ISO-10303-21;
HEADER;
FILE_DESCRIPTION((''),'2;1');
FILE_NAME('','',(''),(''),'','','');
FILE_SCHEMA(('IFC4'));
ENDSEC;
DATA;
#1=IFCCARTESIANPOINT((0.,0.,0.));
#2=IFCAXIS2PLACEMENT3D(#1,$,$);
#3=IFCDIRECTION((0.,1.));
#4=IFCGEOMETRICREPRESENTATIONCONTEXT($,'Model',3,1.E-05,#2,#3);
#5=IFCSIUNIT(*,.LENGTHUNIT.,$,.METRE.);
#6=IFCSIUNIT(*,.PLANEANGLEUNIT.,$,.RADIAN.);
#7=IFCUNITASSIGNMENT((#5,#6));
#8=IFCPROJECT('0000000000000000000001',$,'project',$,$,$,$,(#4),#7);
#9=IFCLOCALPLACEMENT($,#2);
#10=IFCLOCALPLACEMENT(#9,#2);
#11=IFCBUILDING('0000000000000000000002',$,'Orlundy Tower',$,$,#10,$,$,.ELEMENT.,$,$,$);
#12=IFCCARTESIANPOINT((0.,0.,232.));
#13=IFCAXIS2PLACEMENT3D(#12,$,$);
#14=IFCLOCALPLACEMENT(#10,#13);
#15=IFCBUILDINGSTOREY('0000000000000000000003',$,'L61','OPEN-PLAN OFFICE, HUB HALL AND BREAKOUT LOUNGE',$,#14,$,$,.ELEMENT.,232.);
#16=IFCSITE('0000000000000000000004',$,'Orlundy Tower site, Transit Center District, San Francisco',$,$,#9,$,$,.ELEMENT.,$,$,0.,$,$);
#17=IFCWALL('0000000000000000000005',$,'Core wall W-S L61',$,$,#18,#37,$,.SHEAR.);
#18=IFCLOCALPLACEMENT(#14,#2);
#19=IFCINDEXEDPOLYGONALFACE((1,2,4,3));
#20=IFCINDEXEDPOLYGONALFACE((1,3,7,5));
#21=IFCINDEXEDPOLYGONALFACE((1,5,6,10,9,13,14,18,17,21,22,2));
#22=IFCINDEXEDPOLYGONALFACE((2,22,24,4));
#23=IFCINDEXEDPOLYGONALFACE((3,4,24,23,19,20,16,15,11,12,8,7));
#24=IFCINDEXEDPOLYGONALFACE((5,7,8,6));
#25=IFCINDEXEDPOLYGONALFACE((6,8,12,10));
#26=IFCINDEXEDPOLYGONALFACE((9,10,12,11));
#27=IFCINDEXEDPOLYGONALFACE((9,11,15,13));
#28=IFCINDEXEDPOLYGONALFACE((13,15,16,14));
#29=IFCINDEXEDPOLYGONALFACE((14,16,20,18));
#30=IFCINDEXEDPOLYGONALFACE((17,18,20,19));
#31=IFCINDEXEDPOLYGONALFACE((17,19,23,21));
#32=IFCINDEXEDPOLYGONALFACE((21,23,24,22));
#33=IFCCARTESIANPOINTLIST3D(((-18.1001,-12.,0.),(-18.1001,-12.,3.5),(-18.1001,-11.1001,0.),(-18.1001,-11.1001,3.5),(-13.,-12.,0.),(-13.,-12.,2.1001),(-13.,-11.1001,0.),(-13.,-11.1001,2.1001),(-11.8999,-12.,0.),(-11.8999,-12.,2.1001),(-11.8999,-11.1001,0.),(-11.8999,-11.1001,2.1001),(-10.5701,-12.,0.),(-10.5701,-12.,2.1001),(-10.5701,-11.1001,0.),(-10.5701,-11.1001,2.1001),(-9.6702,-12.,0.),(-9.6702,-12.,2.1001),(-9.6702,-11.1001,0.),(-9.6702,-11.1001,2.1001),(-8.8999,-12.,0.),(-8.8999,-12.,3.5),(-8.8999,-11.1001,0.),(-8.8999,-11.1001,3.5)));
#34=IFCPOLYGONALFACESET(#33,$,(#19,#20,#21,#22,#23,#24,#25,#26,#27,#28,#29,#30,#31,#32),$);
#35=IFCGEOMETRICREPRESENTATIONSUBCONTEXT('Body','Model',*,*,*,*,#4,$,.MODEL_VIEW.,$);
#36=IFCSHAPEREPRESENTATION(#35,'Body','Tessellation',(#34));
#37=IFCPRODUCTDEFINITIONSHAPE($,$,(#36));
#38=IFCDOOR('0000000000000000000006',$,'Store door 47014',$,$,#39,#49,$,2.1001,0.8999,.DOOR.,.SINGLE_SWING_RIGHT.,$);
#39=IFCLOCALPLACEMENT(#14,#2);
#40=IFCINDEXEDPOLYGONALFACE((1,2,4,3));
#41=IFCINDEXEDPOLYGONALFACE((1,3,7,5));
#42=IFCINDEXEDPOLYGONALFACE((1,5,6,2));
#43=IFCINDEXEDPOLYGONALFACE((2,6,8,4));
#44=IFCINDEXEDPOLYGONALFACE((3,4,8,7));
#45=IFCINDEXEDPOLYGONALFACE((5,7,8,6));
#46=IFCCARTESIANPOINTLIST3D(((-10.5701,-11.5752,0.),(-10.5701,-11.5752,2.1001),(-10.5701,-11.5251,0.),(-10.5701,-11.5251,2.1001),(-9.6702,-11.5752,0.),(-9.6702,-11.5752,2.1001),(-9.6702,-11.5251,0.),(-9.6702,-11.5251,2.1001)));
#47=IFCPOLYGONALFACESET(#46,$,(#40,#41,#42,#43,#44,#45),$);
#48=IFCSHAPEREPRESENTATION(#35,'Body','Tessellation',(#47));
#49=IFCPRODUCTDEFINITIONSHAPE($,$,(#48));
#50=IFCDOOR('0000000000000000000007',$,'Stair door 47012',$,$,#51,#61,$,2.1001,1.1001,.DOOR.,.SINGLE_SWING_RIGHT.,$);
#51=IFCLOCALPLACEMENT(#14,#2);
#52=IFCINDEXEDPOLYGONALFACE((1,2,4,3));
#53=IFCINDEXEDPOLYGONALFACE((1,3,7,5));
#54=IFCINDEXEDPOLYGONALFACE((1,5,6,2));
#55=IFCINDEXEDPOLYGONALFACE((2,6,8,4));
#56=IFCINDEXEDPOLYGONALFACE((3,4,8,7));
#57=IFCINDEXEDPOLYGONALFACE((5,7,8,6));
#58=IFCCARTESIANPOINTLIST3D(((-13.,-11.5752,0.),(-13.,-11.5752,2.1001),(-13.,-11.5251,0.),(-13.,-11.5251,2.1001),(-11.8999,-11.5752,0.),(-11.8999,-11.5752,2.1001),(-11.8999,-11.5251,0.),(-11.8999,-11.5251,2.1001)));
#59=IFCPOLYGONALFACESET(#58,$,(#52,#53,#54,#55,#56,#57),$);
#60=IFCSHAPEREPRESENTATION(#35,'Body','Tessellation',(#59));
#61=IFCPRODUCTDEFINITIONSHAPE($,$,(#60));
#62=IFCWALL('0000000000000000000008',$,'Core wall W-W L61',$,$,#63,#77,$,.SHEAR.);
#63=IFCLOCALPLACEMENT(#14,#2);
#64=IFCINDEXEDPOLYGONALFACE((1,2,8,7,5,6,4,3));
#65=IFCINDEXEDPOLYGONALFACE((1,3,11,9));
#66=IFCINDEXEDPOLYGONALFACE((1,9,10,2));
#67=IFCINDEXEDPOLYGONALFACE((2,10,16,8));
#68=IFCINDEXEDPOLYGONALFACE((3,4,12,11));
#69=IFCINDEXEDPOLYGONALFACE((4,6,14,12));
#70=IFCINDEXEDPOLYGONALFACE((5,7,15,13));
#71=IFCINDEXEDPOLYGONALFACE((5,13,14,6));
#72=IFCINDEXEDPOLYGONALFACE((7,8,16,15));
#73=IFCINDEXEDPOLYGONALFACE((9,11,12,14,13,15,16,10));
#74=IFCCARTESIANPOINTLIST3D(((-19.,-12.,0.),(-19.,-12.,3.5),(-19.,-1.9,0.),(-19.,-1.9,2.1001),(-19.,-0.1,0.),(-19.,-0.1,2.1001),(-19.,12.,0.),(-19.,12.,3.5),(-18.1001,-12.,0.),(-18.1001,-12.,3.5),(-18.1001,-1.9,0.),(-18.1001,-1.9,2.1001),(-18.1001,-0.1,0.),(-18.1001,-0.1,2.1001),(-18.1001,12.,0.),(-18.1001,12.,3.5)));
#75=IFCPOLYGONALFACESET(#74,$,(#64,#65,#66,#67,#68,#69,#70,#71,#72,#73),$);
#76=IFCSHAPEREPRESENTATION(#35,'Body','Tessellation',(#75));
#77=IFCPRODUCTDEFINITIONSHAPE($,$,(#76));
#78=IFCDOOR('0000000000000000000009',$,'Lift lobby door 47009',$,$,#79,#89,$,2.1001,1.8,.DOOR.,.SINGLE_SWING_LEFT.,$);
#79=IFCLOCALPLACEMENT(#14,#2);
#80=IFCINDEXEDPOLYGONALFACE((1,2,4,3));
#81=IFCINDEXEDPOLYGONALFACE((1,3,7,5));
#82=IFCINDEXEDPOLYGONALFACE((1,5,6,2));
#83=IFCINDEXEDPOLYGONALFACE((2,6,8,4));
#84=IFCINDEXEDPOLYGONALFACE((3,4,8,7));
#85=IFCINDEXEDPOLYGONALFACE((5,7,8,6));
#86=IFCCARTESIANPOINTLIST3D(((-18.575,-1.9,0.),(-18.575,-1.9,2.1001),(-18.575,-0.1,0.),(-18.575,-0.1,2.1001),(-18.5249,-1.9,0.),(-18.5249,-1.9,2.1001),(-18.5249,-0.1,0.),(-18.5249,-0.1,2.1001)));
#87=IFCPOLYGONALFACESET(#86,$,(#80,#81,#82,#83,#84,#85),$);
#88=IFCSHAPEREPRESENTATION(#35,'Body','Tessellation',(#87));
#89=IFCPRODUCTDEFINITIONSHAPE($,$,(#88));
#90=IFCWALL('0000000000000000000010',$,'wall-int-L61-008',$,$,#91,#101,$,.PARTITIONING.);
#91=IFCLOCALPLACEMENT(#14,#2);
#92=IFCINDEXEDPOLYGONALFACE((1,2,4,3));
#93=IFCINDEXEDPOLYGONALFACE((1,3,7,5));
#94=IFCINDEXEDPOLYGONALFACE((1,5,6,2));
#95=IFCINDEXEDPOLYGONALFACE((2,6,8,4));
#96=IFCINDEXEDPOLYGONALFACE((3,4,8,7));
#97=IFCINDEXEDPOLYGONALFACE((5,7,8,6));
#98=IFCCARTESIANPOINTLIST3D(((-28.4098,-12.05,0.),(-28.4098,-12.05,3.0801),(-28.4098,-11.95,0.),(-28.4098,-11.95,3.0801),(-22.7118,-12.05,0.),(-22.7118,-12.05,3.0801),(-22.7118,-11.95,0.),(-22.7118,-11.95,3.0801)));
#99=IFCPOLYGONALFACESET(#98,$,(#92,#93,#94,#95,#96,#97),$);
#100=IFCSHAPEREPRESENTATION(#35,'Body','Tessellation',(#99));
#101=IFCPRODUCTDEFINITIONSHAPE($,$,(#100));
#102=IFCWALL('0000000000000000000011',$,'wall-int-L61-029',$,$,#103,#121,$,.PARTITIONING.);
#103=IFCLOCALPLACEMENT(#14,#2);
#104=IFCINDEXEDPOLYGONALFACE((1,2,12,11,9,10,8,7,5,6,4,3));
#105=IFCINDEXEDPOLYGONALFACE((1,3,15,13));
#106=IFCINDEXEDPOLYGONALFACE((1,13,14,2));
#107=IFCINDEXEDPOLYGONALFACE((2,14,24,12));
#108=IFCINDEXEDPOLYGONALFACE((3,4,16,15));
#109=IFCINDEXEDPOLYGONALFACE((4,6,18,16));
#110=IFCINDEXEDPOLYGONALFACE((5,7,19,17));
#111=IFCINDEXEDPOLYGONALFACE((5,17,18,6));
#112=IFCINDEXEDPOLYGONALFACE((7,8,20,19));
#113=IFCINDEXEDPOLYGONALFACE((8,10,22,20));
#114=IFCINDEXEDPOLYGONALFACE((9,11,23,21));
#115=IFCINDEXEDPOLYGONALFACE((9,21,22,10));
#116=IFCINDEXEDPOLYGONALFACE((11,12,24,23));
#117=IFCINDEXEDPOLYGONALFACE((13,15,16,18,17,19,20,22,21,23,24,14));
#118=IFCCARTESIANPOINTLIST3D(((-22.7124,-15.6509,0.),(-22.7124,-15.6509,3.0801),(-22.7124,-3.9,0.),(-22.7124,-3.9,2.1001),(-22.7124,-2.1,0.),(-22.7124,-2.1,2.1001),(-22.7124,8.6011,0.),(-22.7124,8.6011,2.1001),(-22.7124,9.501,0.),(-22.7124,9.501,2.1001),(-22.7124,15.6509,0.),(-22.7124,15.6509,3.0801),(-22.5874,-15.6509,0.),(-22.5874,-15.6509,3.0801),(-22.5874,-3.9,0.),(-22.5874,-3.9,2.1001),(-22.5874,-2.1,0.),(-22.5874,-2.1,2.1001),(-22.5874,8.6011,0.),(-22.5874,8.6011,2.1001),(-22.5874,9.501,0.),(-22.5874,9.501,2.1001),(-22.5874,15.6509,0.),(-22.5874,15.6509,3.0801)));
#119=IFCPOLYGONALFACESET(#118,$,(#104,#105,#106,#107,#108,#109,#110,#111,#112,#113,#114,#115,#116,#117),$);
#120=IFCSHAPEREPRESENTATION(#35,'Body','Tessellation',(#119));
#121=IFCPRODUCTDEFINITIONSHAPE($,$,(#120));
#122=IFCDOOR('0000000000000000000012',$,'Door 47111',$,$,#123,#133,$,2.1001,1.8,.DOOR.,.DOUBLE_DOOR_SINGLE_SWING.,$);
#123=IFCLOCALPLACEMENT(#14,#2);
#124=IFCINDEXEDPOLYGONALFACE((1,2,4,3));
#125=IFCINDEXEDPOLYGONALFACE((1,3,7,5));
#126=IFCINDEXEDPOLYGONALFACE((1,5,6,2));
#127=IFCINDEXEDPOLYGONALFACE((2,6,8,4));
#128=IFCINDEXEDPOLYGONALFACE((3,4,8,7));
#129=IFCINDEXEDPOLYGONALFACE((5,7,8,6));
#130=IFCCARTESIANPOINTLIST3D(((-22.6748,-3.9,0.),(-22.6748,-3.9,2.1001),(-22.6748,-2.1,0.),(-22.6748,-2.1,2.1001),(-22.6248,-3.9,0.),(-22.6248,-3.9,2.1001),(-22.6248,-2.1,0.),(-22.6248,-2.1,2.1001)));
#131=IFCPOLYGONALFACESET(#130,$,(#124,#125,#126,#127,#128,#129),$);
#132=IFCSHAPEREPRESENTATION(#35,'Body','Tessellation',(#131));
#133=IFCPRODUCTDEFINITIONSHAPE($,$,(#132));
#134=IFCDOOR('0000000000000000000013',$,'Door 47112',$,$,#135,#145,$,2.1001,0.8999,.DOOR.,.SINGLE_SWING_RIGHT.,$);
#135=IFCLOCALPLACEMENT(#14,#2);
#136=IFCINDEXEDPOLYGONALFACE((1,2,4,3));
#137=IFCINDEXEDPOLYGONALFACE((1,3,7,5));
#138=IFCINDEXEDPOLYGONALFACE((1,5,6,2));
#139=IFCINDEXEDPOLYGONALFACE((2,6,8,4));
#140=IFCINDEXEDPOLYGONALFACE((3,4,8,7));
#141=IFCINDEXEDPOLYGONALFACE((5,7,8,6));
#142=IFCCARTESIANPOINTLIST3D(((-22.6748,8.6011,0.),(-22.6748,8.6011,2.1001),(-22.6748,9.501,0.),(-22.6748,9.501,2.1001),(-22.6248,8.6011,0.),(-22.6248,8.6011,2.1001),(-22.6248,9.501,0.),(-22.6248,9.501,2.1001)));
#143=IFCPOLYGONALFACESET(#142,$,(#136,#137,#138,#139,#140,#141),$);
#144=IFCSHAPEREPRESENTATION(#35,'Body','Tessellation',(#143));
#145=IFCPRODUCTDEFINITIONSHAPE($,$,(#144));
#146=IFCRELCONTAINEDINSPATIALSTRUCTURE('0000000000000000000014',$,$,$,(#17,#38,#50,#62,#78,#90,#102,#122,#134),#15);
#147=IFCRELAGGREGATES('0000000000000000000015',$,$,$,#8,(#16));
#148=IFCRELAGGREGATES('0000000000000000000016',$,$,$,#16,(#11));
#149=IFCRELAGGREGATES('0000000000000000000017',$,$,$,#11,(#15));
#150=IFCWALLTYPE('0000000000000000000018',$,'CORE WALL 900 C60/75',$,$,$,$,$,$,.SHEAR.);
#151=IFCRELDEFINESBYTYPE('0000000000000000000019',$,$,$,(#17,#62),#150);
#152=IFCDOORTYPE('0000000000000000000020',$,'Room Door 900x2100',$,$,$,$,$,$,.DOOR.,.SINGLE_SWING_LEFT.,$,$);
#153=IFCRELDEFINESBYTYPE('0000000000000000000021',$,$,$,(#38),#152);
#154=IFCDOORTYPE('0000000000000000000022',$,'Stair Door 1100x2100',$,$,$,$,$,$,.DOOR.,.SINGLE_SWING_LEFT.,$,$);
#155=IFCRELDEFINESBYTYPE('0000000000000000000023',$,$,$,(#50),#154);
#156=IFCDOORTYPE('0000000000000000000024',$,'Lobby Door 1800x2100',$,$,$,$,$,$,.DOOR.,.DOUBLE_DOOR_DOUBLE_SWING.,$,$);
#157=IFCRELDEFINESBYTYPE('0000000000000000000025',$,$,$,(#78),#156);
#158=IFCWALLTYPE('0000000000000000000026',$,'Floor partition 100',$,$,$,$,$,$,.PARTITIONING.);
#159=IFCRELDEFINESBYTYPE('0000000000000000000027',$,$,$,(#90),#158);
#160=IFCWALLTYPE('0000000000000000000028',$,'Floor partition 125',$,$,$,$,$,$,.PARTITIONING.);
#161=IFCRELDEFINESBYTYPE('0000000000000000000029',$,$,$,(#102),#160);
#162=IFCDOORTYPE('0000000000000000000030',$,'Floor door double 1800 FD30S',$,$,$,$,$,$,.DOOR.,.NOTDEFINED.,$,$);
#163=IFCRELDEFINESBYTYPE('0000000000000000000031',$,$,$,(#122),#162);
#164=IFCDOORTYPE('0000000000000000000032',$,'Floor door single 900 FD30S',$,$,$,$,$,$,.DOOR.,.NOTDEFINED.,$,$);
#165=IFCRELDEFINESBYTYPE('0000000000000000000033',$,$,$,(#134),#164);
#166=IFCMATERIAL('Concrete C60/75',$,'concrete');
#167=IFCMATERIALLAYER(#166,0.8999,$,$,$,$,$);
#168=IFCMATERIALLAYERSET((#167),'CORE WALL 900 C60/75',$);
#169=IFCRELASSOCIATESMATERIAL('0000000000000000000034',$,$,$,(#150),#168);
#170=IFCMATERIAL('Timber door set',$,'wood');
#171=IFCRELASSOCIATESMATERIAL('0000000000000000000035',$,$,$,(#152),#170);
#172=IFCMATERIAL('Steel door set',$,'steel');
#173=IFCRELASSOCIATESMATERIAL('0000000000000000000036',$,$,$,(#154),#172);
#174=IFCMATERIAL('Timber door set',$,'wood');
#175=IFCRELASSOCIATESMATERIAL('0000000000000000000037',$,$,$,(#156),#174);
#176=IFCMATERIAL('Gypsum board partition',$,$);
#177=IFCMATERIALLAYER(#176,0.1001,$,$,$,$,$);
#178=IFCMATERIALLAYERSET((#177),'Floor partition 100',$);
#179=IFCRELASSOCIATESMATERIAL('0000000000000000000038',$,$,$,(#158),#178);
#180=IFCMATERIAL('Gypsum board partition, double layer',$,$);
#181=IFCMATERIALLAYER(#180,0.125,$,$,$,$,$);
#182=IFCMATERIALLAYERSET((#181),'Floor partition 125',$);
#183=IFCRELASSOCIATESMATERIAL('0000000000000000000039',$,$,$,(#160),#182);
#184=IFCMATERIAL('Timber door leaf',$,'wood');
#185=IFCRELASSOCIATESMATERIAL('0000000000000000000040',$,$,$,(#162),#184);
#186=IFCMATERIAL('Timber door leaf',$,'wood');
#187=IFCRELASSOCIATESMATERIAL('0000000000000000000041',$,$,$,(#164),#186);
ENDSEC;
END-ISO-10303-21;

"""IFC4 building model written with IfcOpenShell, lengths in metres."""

from ifc_helpers import new_model, si_unit, direction, frame, frame_2d, origin, place, context, subcontext, project, spatial, rectangle, extrude, material, layer, layer_set, type_object, element, fill, save


model = new_model("IFC4")

# Units and contexts
model_context = context("Model", 3, precision=1e-05, world=origin(), true_north=direction((0.0, 1.0)))
body_context = subcontext(model_context, "Body", "Model", "MODEL_VIEW")
ifc_project = project(units=[si_unit("LENGTHUNIT", "METRE"), si_unit("PLANEANGLEUNIT", "RADIAN")], contexts=[model_context])

# Site, building, storey
site_placement = place(None, origin())
site = spatial("IfcSite", under=ifc_project, at=site_placement, Name="Orlundy Tower site, Transit Center District, San Francisco", CompositionType="ELEMENT", RefElevation=0.0)
building_placement = place(site_placement, origin())
building = spatial("IfcBuilding", under=site, at=building_placement, Name="Orlundy Tower", CompositionType="ELEMENT")
storey_placement = place(building_placement, frame((0.0, 0.0, 232.0)))
storey = spatial("IfcBuildingStorey", under=building, at=storey_placement, Name="L61", Description="OPEN-PLAN OFFICE, HUB HALL AND BREAKOUT LOUNGE", CompositionType="ELEMENT", Elevation=232.0)

# Wall, openings, doors
ifc_material_1 = material(Name="Concrete C60/75", Category="concrete")
ifc_layer_1 = layer(ifc_material_1, 0.8999)
ifc_layer_set_1 = layer_set([ifc_layer_1], Name="CORE WALL 900 C60/75")
wall_type_1 = type_object("IfcWallType", Name="CORE WALL 900 C60/75", PredefinedType="SHEAR", material=ifc_layer_set_1)
wall_1_placement = place(storey_placement, frame((-18.1001, -11.55, 0.0), z_axis=(0.0, 0.0, 1.0), x_axis=(1.0, 0.0, 0.0)))
wall_1 = element("IfcWall", 1, at=wall_1_placement, inside=storey, type_object=wall_type_1, Name="Core wall W-S L61", PredefinedType="SHEAR", context=body_context, shape_type="SweptSolid", body=[
    extrude(rectangle(XDim=9.2002, YDim=0.8999, at=frame_2d((4.6001, 0.0))), origin(), (0.0, 0.0, 1.0), 3.5),
])
opening_1_placement = place(wall_1_placement, frame((5.1001, 0.0, 0.0)))
opening_1 = element("IfcOpeningElement", 2, at=opening_1_placement, cuts=wall_1, PredefinedType="OPENING", context=body_context, shape_type="SweptSolid", body=[
    extrude(rectangle(XDim=1.1001, YDim=2.1001, at=frame_2d((0.55, 1.05))), frame((0.0, 0.46, 0.0), z_axis=(0.0, -1.0, 0.0), x_axis=(1.0, 0.0, 0.0)), (0.0, 0.0, 1.0), 0.9199),
])
opening_2_placement = place(wall_1_placement, frame((7.53, 0.0, 0.0)))
opening_2 = element("IfcOpeningElement", 3, at=opening_2_placement, cuts=wall_1, PredefinedType="OPENING", context=body_context, shape_type="SweptSolid", body=[
    extrude(rectangle(XDim=0.8999, YDim=2.1001, at=frame_2d((0.45, 1.05))), frame((0.0, 0.46, 0.0), z_axis=(0.0, -1.0, 0.0), x_axis=(1.0, 0.0, 0.0)), (0.0, 0.0, 1.0), 0.9199),
])
ifc_material_2 = material(Name="Timber door set", Category="wood")
door_type_1 = type_object("IfcDoorType", Name="Room Door 900x2100", OperationType="SINGLE_SWING_LEFT", PredefinedType="DOOR", material=ifc_material_2)
door_1_placement = place(opening_2_placement, origin())
door_1 = element("IfcDoor", 4, at=door_1_placement, inside=storey, type_object=door_type_1, Name="Store door 47014", OperationType="SINGLE_SWING_RIGHT", OverallHeight=2.1001, OverallWidth=0.8999, PredefinedType="DOOR", context=body_context, shape_type="SweptSolid", body=[
    extrude(rectangle(XDim=0.8999, YDim=2.1001, at=frame_2d((0.45, 1.05))), frame((0.0, 0.0249, 0.0), z_axis=(0.0, -1.0, 0.0), x_axis=(1.0, 0.0, 0.0)), (0.0, 0.0, 1.0), 0.05),
])
fill(opening_2, door_1)
ifc_material_3 = material(Name="Steel door set", Category="steel")
door_type_2 = type_object("IfcDoorType", Name="Stair Door 1100x2100", OperationType="SINGLE_SWING_LEFT", PredefinedType="DOOR", material=ifc_material_3)
door_2_placement = place(opening_1_placement, origin())
door_2 = element("IfcDoor", 5, at=door_2_placement, inside=storey, type_object=door_type_2, Name="Stair door 47012", OperationType="SINGLE_SWING_RIGHT", OverallHeight=2.1001, OverallWidth=1.1001, PredefinedType="DOOR", context=body_context, shape_type="SweptSolid", body=[
    extrude(rectangle(XDim=1.1001, YDim=2.1001, at=frame_2d((0.55, 1.05))), frame((0.0, 0.0249, 0.0), z_axis=(0.0, -1.0, 0.0), x_axis=(1.0, 0.0, 0.0)), (0.0, 0.0, 1.0), 0.05),
])
fill(opening_1, door_2)

# Wall, opening, door
wall_2_placement = place(storey_placement, frame((-18.55, -12.0, 0.0), z_axis=(0.0, 0.0, 1.0), x_axis=(0.0, 1.0, 0.0)))
wall_2 = element("IfcWall", 6, at=wall_2_placement, inside=storey, type_object=wall_type_1, Name="Core wall W-W L61", PredefinedType="SHEAR", context=body_context, shape_type="SweptSolid", body=[
    extrude(rectangle(XDim=24.0, YDim=0.8999, at=frame_2d((12.0, 0.0))), origin(), (0.0, 0.0, 1.0), 3.5),
])
opening_3_placement = place(wall_2_placement, frame((10.1001, 0.0, 0.0)))
opening_3 = element("IfcOpeningElement", 7, at=opening_3_placement, cuts=wall_2, PredefinedType="OPENING", context=body_context, shape_type="SweptSolid", body=[
    extrude(rectangle(XDim=1.8, YDim=2.1001, at=frame_2d((0.8999, 1.05))), frame((0.0, 0.46, 0.0), z_axis=(0.0, -1.0, 0.0), x_axis=(1.0, 0.0, 0.0)), (0.0, 0.0, 1.0), 0.9199),
])
ifc_material_4 = material(Name="Timber door set", Category="wood")
door_type_3 = type_object("IfcDoorType", Name="Lobby Door 1800x2100", OperationType="DOUBLE_DOOR_DOUBLE_SWING", PredefinedType="DOOR", material=ifc_material_4)
door_3_placement = place(opening_3_placement, origin())
door_3 = element("IfcDoor", 8, at=door_3_placement, inside=storey, type_object=door_type_3, Name="Lift lobby door 47009", OperationType="SINGLE_SWING_LEFT", OverallHeight=2.1001, OverallWidth=1.8, PredefinedType="DOOR", context=body_context, shape_type="SweptSolid", body=[
    extrude(rectangle(XDim=1.8, YDim=2.1001, at=frame_2d((0.8999, 1.05))), frame((0.0, 0.0249, 0.0), z_axis=(0.0, -1.0, 0.0), x_axis=(1.0, 0.0, 0.0)), (0.0, 0.0, 1.0), 0.05),
])
fill(opening_3, door_3)

# Wall
ifc_material_5 = material(Name="Gypsum board partition")
ifc_layer_2 = layer(ifc_material_5, 0.1001)
ifc_layer_set_2 = layer_set([ifc_layer_2], Name="Floor partition 100")
wall_type_2 = type_object("IfcWallType", Name="Floor partition 100", PredefinedType="PARTITIONING", material=ifc_layer_set_2)
wall_3_placement = place(storey_placement, frame((-28.4099, -12.0, 0.0), z_axis=(0.0, 0.0, 1.0), x_axis=(1.0, 0.0, 0.0)))
element("IfcWall", 9, at=wall_3_placement, inside=storey, type_object=wall_type_2, Name="wall-int-L61-008", PredefinedType="PARTITIONING", context=body_context, shape_type="SweptSolid", body=[
    extrude(rectangle(XDim=5.698, YDim=0.1001, at=frame_2d((2.8491, 0.0))), origin(), (0.0, 0.0, 1.0), 3.0801),
])

# Wall, openings, doors
ifc_material_6 = material(Name="Gypsum board partition, double layer")
ifc_layer_3 = layer(ifc_material_6, 0.125)
ifc_layer_set_3 = layer_set([ifc_layer_3], Name="Floor partition 125")
wall_type_3 = type_object("IfcWallType", Name="Floor partition 125", PredefinedType="PARTITIONING", material=ifc_layer_set_3)
wall_4_placement = place(storey_placement, frame((-22.6499, -15.6509, 0.0), z_axis=(0.0, 0.0, 1.0), x_axis=(0.0, 1.0, 0.0)))
wall_4 = element("IfcWall", 10, at=wall_4_placement, inside=storey, type_object=wall_type_3, Name="wall-int-L61-029", PredefinedType="PARTITIONING", context=body_context, shape_type="SweptSolid", body=[
    extrude(rectangle(XDim=31.3018, YDim=0.125, at=frame_2d((15.6509, 0.0))), origin(), (0.0, 0.0, 1.0), 3.0801),
])
opening_4_placement = place(wall_4_placement, frame((11.751, 0.0, 0.0)))
opening_4 = element("IfcOpeningElement", 11, at=opening_4_placement, cuts=wall_4, PredefinedType="OPENING", context=body_context, shape_type="SweptSolid", body=[
    extrude(rectangle(XDim=1.8, YDim=2.1001, at=frame_2d((0.8999, 1.05))), frame((0.0, 0.0725, 0.0), z_axis=(0.0, -1.0, 0.0), x_axis=(1.0, 0.0, 0.0)), (0.0, 0.0, 1.0), 0.145),
])
opening_5_placement = place(wall_4_placement, frame((24.252, 0.0, 0.0)))
opening_5 = element("IfcOpeningElement", 12, at=opening_5_placement, cuts=wall_4, PredefinedType="OPENING", context=body_context, shape_type="SweptSolid", body=[
    extrude(rectangle(XDim=0.8999, YDim=2.1001, at=frame_2d((0.45, 1.05))), frame((0.0, 0.0725, 0.0), z_axis=(0.0, -1.0, 0.0), x_axis=(1.0, 0.0, 0.0)), (0.0, 0.0, 1.0), 0.145),
])
ifc_material_7 = material(Name="Timber door leaf", Category="wood")
door_type_4 = type_object("IfcDoorType", Name="Floor door double 1800 FD30S", OperationType="NOTDEFINED", PredefinedType="DOOR", material=ifc_material_7)
door_4_placement = place(opening_4_placement, origin())
door_4 = element("IfcDoor", 13, at=door_4_placement, inside=storey, type_object=door_type_4, Name="Door 47111", OperationType="DOUBLE_DOOR_SINGLE_SWING", OverallHeight=2.1001, OverallWidth=1.8, PredefinedType="DOOR", context=body_context, shape_type="SweptSolid", body=[
    extrude(rectangle(XDim=1.8, YDim=2.1001, at=frame_2d((0.8999, 1.05))), frame((0.0, 0.0249, 0.0), z_axis=(0.0, -1.0, 0.0), x_axis=(1.0, 0.0, 0.0)), (0.0, 0.0, 1.0), 0.05),
])
fill(opening_4, door_4)
ifc_material_8 = material(Name="Timber door leaf", Category="wood")
door_type_5 = type_object("IfcDoorType", Name="Floor door single 900 FD30S", OperationType="NOTDEFINED", PredefinedType="DOOR", material=ifc_material_8)
door_5_placement = place(opening_5_placement, origin())
door_5 = element("IfcDoor", 14, at=door_5_placement, inside=storey, type_object=door_type_5, Name="Door 47112", OperationType="SINGLE_SWING_RIGHT", OverallHeight=2.1001, OverallWidth=0.8999, PredefinedType="DOOR", context=body_context, shape_type="SweptSolid", body=[
    extrude(rectangle(XDim=0.8999, YDim=2.1001, at=frame_2d((0.45, 1.05))), frame((0.0, 0.0249, 0.0), z_axis=(0.0, -1.0, 0.0), x_axis=(1.0, 0.0, 0.0)), (0.0, 0.0, 1.0), 0.05),
])
fill(opening_5, door_5)

save(model, "model.ifc")
